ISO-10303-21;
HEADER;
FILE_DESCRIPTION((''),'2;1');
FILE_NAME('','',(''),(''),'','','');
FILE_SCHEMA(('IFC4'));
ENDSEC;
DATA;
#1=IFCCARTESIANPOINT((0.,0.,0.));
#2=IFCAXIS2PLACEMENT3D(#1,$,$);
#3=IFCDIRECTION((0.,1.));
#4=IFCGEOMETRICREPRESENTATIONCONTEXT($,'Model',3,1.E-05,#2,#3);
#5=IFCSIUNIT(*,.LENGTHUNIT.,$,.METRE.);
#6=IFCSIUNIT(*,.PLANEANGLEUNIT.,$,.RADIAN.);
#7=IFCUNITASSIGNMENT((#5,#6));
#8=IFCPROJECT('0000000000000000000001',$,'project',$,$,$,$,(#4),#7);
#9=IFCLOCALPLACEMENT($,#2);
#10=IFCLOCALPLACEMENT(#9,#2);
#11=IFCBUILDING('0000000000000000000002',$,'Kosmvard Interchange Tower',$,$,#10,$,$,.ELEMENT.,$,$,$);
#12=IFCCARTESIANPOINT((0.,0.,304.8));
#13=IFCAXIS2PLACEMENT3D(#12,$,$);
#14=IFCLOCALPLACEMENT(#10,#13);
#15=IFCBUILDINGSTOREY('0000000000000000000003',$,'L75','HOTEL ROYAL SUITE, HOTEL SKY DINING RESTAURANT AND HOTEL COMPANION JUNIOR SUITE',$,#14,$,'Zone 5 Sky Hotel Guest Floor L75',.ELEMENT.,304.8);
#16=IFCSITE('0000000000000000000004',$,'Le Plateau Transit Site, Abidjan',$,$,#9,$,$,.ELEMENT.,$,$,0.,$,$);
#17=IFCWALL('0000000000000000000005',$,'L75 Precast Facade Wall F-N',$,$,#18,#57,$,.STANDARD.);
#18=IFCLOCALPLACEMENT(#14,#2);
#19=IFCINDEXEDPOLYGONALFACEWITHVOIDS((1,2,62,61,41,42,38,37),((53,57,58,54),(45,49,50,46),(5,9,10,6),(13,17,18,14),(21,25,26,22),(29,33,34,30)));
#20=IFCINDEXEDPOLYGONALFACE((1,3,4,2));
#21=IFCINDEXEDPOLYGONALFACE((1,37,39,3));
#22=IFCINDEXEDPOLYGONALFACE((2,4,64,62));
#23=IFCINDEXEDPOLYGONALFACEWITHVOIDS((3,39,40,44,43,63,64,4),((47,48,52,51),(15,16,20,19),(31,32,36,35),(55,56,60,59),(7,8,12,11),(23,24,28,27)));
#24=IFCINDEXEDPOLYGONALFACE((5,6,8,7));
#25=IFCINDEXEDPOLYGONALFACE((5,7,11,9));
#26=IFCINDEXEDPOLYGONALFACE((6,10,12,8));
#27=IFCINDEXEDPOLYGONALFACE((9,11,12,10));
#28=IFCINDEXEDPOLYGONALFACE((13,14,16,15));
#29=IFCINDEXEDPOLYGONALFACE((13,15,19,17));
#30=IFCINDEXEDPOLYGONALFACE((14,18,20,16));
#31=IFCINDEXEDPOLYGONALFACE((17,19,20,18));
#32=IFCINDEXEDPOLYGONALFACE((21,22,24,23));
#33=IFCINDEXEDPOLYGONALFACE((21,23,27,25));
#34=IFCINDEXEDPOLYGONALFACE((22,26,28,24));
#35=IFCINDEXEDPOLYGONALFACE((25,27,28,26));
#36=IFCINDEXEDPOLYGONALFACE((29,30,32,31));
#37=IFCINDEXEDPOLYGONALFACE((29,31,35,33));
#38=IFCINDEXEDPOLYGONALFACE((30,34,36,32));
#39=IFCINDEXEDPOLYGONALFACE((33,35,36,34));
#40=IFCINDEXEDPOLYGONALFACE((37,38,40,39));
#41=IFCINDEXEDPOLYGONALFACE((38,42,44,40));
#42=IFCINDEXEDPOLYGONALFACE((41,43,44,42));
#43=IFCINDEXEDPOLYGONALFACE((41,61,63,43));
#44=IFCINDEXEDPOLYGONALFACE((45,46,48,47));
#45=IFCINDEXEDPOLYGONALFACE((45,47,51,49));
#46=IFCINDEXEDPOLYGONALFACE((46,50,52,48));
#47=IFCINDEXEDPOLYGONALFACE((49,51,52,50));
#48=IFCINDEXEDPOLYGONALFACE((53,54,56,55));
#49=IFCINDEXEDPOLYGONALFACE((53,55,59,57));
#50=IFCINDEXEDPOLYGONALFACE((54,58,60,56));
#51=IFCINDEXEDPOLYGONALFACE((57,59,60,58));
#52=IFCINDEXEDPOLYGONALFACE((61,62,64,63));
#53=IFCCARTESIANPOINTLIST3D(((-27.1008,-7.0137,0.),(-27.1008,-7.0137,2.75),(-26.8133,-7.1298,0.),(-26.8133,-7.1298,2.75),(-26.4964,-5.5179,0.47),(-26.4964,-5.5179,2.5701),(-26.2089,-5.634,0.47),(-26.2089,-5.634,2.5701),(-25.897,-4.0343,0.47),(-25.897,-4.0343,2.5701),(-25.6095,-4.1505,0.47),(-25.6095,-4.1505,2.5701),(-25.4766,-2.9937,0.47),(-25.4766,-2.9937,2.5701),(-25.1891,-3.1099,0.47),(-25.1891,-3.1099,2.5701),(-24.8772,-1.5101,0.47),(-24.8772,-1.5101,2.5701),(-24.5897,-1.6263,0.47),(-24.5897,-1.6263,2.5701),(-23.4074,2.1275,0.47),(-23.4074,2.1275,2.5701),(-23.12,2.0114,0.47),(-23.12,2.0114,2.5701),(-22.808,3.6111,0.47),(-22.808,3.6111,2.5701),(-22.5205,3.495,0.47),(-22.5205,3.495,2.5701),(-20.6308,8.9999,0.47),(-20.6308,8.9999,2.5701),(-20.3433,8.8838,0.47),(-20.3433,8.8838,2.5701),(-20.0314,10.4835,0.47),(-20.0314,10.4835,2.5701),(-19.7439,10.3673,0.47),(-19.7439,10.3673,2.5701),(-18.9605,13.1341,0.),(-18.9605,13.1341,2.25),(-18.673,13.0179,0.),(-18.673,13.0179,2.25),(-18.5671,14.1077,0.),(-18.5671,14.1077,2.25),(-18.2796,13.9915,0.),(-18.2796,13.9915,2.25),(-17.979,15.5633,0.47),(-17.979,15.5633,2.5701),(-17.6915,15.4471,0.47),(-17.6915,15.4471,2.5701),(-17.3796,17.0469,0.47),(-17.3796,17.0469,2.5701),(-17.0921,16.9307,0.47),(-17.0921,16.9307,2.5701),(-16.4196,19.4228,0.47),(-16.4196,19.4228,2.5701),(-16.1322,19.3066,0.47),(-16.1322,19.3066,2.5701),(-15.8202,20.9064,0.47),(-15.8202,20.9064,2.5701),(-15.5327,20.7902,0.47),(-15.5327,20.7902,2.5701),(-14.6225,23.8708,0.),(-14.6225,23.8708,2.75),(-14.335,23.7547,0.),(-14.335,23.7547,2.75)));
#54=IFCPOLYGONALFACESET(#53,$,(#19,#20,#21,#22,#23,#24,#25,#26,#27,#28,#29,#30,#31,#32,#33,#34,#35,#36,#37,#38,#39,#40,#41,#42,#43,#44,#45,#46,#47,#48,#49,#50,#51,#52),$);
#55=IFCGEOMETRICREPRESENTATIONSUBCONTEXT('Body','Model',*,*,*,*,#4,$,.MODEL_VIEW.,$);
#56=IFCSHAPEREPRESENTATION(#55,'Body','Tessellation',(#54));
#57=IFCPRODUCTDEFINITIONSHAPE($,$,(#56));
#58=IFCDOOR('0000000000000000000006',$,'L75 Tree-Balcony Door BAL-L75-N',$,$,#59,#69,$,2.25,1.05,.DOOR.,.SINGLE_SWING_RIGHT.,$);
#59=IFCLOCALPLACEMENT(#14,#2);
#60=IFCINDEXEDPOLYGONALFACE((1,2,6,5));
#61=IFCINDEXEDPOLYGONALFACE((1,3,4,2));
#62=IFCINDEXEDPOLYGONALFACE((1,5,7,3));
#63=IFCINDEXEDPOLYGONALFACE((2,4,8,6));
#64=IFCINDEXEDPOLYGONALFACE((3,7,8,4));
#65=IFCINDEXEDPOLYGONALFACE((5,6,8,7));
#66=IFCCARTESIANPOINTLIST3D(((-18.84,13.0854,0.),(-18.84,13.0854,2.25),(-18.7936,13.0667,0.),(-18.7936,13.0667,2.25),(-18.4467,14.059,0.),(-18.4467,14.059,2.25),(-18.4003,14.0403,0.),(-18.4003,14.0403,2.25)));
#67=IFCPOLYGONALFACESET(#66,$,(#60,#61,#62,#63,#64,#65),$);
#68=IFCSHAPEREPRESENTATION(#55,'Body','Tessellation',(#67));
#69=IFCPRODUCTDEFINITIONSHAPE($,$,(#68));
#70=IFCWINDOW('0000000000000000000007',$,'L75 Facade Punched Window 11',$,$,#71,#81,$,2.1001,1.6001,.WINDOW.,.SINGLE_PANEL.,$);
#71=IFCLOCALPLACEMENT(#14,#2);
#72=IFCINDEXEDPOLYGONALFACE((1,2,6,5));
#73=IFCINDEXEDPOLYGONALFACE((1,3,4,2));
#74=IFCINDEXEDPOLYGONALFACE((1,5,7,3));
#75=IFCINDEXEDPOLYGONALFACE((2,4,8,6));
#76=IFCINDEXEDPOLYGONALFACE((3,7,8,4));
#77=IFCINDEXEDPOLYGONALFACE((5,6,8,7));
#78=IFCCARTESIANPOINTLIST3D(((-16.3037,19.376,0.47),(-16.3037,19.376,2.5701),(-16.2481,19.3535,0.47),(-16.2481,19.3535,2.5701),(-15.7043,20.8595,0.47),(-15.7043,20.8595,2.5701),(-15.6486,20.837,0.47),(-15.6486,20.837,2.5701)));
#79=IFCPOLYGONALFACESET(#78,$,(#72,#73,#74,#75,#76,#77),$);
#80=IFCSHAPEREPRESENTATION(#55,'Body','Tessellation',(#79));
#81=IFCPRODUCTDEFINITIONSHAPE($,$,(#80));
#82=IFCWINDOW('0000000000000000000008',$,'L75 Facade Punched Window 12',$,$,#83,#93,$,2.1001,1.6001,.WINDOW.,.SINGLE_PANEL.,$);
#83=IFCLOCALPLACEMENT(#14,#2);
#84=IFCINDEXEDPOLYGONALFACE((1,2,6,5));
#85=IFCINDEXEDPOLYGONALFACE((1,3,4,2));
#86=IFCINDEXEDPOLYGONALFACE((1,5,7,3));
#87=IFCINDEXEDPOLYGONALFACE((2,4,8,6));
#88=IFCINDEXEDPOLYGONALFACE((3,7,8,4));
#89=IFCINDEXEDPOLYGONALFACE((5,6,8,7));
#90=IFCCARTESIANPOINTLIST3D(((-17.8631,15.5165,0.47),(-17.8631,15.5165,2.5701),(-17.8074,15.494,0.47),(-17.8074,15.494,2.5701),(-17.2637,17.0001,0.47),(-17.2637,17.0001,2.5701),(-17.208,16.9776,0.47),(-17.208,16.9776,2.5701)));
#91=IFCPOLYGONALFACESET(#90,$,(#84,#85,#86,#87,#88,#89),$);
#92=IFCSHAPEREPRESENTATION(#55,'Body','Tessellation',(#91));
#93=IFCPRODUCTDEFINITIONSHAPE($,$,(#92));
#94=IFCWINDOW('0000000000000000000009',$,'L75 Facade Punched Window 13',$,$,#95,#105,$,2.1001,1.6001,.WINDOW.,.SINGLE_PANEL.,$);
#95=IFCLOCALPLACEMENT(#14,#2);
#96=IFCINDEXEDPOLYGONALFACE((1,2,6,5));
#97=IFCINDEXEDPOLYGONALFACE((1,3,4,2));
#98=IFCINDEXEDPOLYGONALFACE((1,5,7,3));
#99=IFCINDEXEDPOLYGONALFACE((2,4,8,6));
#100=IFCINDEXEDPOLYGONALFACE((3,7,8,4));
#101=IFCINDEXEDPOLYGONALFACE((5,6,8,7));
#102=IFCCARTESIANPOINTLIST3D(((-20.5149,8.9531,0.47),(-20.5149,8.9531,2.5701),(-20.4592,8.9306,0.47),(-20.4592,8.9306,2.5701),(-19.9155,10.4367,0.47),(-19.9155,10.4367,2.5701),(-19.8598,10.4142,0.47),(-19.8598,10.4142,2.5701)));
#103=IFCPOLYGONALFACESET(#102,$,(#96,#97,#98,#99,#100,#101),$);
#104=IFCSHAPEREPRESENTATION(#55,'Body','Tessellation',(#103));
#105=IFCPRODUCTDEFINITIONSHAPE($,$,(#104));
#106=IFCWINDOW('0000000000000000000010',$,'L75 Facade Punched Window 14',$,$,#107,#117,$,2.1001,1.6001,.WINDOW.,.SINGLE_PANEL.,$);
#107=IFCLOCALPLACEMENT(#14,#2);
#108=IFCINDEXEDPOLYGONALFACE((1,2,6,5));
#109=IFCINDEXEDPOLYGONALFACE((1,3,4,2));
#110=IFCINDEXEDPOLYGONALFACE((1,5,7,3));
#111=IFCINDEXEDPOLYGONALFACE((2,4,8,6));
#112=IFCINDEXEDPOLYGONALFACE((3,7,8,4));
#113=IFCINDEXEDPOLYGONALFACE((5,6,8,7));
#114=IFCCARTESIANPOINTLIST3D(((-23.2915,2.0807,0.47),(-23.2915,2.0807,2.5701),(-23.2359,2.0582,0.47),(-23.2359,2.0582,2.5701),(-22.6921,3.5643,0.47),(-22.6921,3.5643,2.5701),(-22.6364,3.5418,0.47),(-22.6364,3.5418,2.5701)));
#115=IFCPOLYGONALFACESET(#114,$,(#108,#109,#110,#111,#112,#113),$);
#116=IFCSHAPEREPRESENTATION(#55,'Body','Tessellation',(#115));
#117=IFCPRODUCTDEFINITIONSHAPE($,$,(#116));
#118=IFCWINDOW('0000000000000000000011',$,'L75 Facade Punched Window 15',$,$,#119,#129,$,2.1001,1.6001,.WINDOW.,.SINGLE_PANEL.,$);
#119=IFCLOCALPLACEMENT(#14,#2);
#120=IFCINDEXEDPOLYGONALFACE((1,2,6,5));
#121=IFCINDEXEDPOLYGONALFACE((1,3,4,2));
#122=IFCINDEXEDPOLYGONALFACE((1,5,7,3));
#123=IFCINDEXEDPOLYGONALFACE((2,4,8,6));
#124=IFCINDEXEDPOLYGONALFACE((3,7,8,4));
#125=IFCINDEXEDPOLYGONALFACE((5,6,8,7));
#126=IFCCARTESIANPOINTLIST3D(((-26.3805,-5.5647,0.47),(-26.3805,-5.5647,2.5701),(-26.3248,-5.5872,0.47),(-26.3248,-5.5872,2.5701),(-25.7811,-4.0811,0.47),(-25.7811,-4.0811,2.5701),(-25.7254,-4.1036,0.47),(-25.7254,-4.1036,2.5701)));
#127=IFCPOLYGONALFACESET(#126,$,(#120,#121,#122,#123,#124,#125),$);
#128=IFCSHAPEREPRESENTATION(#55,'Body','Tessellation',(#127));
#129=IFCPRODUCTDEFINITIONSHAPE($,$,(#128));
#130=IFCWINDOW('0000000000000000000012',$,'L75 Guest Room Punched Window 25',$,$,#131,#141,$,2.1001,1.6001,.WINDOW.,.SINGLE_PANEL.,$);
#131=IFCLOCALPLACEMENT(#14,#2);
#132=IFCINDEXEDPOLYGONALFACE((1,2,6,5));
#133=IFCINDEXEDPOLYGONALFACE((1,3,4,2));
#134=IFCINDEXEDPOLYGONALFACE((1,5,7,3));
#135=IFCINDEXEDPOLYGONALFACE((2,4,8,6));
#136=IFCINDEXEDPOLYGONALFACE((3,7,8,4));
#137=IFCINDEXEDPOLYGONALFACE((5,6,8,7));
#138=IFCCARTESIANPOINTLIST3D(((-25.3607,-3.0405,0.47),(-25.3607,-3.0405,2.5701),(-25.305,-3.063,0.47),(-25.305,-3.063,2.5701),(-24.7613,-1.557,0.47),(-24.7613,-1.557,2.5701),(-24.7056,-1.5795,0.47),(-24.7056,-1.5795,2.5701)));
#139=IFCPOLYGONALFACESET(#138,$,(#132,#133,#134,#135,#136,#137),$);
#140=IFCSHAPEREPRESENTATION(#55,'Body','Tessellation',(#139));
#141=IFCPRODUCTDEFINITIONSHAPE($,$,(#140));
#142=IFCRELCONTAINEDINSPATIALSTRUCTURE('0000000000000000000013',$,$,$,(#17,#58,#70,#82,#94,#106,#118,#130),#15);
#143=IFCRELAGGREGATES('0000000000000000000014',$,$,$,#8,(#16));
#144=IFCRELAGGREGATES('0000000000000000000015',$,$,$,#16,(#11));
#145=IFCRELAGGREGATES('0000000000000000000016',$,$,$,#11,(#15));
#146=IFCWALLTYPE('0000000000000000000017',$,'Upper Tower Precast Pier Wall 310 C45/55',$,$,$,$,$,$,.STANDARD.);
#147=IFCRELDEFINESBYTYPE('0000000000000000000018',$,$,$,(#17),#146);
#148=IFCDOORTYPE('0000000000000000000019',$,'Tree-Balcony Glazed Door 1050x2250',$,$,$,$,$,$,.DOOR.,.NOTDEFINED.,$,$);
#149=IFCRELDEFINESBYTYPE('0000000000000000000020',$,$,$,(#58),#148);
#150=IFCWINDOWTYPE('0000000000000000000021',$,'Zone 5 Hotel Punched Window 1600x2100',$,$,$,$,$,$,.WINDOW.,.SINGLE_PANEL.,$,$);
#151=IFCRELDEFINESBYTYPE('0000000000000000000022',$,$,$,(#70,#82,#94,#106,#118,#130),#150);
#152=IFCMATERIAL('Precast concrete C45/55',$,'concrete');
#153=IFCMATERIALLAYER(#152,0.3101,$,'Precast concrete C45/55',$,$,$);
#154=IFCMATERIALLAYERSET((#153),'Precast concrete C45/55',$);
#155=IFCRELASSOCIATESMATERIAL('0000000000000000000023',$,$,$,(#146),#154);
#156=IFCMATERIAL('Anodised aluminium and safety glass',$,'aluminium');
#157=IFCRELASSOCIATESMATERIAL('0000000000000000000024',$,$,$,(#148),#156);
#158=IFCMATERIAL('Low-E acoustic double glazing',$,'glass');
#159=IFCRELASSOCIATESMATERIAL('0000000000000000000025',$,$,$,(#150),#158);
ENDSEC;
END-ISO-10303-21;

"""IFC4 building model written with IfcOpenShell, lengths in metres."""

from ifc_helpers import new_model, si_unit, direction, frame, frame_2d, origin, place, context, subcontext, project, spatial, rectangle, extrude, source, transform, mapped, material, layer, layer_set, type_object, element, fill, save


model = new_model("IFC4")

# Units and contexts
model_context = context("Model", 3, precision=1e-05, world=origin(), true_north=direction((0.0, 1.0)))
body_context = subcontext(model_context, "Body", "Model", "MODEL_VIEW")
ifc_project = project(units=[si_unit("LENGTHUNIT", "METRE"), si_unit("PLANEANGLEUNIT", "RADIAN")], contexts=[model_context])

# Site, building, storey
site_placement = place(None, origin())
site = spatial("IfcSite", under=ifc_project, at=site_placement, Name="Le Plateau Transit Site, Abidjan", CompositionType="ELEMENT", RefElevation=0.0)
building_placement = place(site_placement, origin())
building = spatial("IfcBuilding", under=site, at=building_placement, Name="Kosmvard Interchange Tower", CompositionType="ELEMENT")
storey_placement = place(building_placement, frame((0.0, 0.0, 304.8)))
storey = spatial("IfcBuildingStorey", under=building, at=storey_placement, Name="L75", Description="HOTEL ROYAL SUITE, HOTEL SKY DINING RESTAURANT AND HOTEL COMPANION JUNIOR SUITE", LongName="Zone 5 Sky Hotel Guest Floor L75", CompositionType="ELEMENT", Elevation=304.8)

# Wall, openings, door, windows
ifc_material_1 = material(Name="Precast concrete C45/55", Category="concrete")
ifc_layer_1 = layer(ifc_material_1, 0.3101, Name="Precast concrete C45/55")
ifc_layer_set_1 = layer_set([ifc_layer_1], Name="Precast concrete C45/55")
wall_type = type_object("IfcWallType", Name="Upper Tower Precast Pier Wall 310 C45/55", PredefinedType="STANDARD", material=ifc_layer_set_1)
wall_placement = place(storey_placement, frame((-14.4788, 23.8127, 0.0), z_axis=(0.0, 0.0, 1.0), x_axis=(-0.37461, -0.927183, 0.0)))
wall = element("IfcWall", 1, at=wall_placement, inside=storey, type_object=wall_type, Name="L75 Precast Facade Wall F-N", PredefinedType="STANDARD", context=body_context, shape_type="SweptSolid", body=[
    extrude(rectangle(XDim=33.3101, YDim=0.3101, at=frame_2d((16.655, 0.0))), origin(), (0.0, 0.0, 1.0), 2.75),
])
opening_1_placement = place(wall_placement, frame((10.53, 0.0, 0.0)))
opening_1 = element("IfcOpeningElement", 2, at=opening_1_placement, cuts=wall, PredefinedType="OPENING", context=body_context, shape_type="SweptSolid", body=[
    extrude(rectangle(XDim=1.05, YDim=2.25, at=frame_2d((0.5249, 1.125))), frame((0.0, 0.165, 0.0), z_axis=(0.0, -1.0, 0.0), x_axis=(1.0, 0.0, 0.0)), (0.0, 0.0, 1.0), 0.3301),
])
opening_2_placement = place(wall_placement, frame((3.1973, 0.0, 0.47)))
opening_2 = element("IfcOpeningElement", 3, at=opening_2_placement, cuts=wall, PredefinedType="OPENING", context=body_context, shape_type="SweptSolid", body=[
    extrude(rectangle(XDim=1.6001, YDim=2.1001, at=frame_2d((0.8, 1.05))), frame((0.0, 0.165, 0.0), z_axis=(0.0, -1.0, 0.0), x_axis=(1.0, 0.0, 0.0)), (0.0, 0.0, 1.0), 0.3301),
])
opening_3_placement = place(wall_placement, frame((7.3599, 0.0, 0.47)))
opening_3 = element("IfcOpeningElement", 4, at=opening_3_placement, cuts=wall, PredefinedType="OPENING", context=body_context, shape_type="SweptSolid", body=[
    extrude(rectangle(XDim=1.6001, YDim=2.1001, at=frame_2d((0.8, 1.05))), frame((0.0, 0.165, 0.0), z_axis=(0.0, -1.0, 0.0), x_axis=(1.0, 0.0, 0.0)), (0.0, 0.0, 1.0), 0.3301),
])
opening_4_placement = place(wall_placement, frame((14.4387, 0.0, 0.47)))
opening_4 = element("IfcOpeningElement", 5, at=opening_4_placement, cuts=wall, PredefinedType="OPENING", context=body_context, shape_type="SweptSolid", body=[
    extrude(rectangle(XDim=1.6001, YDim=2.1001, at=frame_2d((0.8, 1.05))), frame((0.0, 0.165, 0.0), z_axis=(0.0, -1.0, 0.0), x_axis=(1.0, 0.0, 0.0)), (0.0, 0.0, 1.0), 0.3301),
])
opening_5_placement = place(wall_placement, frame((21.8508, 0.0, 0.47)))
opening_5 = element("IfcOpeningElement", 6, at=opening_5_placement, cuts=wall, PredefinedType="OPENING", context=body_context, shape_type="SweptSolid", body=[
    extrude(rectangle(XDim=1.6001, YDim=2.1001, at=frame_2d((0.8, 1.05))), frame((0.0, 0.165, 0.0), z_axis=(0.0, -1.0, 0.0), x_axis=(1.0, 0.0, 0.0)), (0.0, 0.0, 1.0), 0.3301),
])
opening_6_placement = place(wall_placement, frame((30.0967, 0.0, 0.47)))
opening_6 = element("IfcOpeningElement", 7, at=opening_6_placement, cuts=wall, PredefinedType="OPENING", context=body_context, shape_type="SweptSolid", body=[
    extrude(rectangle(XDim=1.6001, YDim=2.1001, at=frame_2d((0.8, 1.05))), frame((0.0, 0.165, 0.0), z_axis=(0.0, -1.0, 0.0), x_axis=(1.0, 0.0, 0.0)), (0.0, 0.0, 1.0), 0.3301),
])
opening_7_placement = place(wall_placement, frame((27.3743, 0.0, 0.47)))
opening_7 = element("IfcOpeningElement", 8, at=opening_7_placement, cuts=wall, PredefinedType="OPENING", context=body_context, shape_type="SweptSolid", body=[
    extrude(rectangle(XDim=1.6001, YDim=2.1001, at=frame_2d((0.8, 1.05))), frame((0.0, 0.165, 0.0), z_axis=(0.0, -1.0, 0.0), x_axis=(1.0, 0.0, 0.0)), (0.0, 0.0, 1.0), 0.3301),
])
ifc_material_2 = material(Name="Anodised aluminium and safety glass", Category="aluminium")
door_type = type_object("IfcDoorType", Name="Tree-Balcony Glazed Door 1050x2250", OperationType="NOTDEFINED", PredefinedType="DOOR", material=ifc_material_2)
shared_shape_1 = source(origin(), body_context, "Body", "SweptSolid", [
    extrude(rectangle(XDim=1.05, YDim=2.25, at=frame_2d((0.5249, 1.125))), frame((0.0, 0.0249, 0.0), z_axis=(0.0, -1.0, 0.0), x_axis=(1.0, 0.0, 0.0)), (0.0, 0.0, 1.0), 0.05),
])
door_placement = place(opening_1_placement, origin())
door = element("IfcDoor", 9, at=door_placement, inside=storey, type_object=door_type, Name="L75 Tree-Balcony Door BAL-L75-N", OperationType="SINGLE_SWING_RIGHT", OverallHeight=2.25, OverallWidth=1.05, PredefinedType="DOOR", context=body_context, shape_type="MappedRepresentation", body=[
    mapped(shared_shape_1, transform((0.0, 0.0, 0.0), scale=1.0)),
])
fill(opening_1, door)
ifc_material_3 = material(Name="Low-E acoustic double glazing", Category="glass")
window_type = type_object("IfcWindowType", Name="Zone 5 Hotel Punched Window 1600x2100", PartitioningType="SINGLE_PANEL", PredefinedType="WINDOW", material=ifc_material_3)
shared_shape_2 = source(origin(), body_context, "Body", "SweptSolid", [
    extrude(rectangle(XDim=1.6001, YDim=2.1001, at=frame_2d((0.8, 1.05))), frame((0.0, 0.03, 0.0), z_axis=(0.0, -1.0, 0.0), x_axis=(1.0, 0.0, 0.0)), (0.0, 0.0, 1.0), 0.0601),
])
window_1_placement = place(opening_2_placement, origin())
window_1 = element("IfcWindow", 10, at=window_1_placement, inside=storey, type_object=window_type, Name="L75 Facade Punched Window 11", OverallHeight=2.1001, OverallWidth=1.6001, PartitioningType="SINGLE_PANEL", PredefinedType="WINDOW", context=body_context, shape_type="MappedRepresentation", body=[
    mapped(shared_shape_2, transform((0.0, 0.0, 0.0), scale=1.0)),
])
fill(opening_2, window_1)
window_2_placement = place(opening_3_placement, origin())
window_2 = element("IfcWindow", 11, at=window_2_placement, inside=storey, type_object=window_type, Name="L75 Facade Punched Window 12", OverallHeight=2.1001, OverallWidth=1.6001, PartitioningType="SINGLE_PANEL", PredefinedType="WINDOW", context=body_context, shape_type="MappedRepresentation", body=[
    mapped(shared_shape_2, transform((0.0, 0.0, 0.0), scale=1.0)),
])
fill(opening_3, window_2)
window_3_placement = place(opening_4_placement, origin())
window_3 = element("IfcWindow", 12, at=window_3_placement, inside=storey, type_object=window_type, Name="L75 Facade Punched Window 13", OverallHeight=2.1001, OverallWidth=1.6001, PartitioningType="SINGLE_PANEL", PredefinedType="WINDOW", context=body_context, shape_type="MappedRepresentation", body=[
    mapped(shared_shape_2, transform((0.0, 0.0, 0.0), scale=1.0)),
])
fill(opening_4, window_3)
window_4_placement = place(opening_5_placement, origin())
window_4 = element("IfcWindow", 13, at=window_4_placement, inside=storey, type_object=window_type, Name="L75 Facade Punched Window 14", OverallHeight=2.1001, OverallWidth=1.6001, PartitioningType="SINGLE_PANEL", PredefinedType="WINDOW", context=body_context, shape_type="MappedRepresentation", body=[
    mapped(shared_shape_2, transform((0.0, 0.0, 0.0), scale=1.0)),
])
fill(opening_5, window_4)
window_5_placement = place(opening_6_placement, origin())
window_5 = element("IfcWindow", 14, at=window_5_placement, inside=storey, type_object=window_type, Name="L75 Facade Punched Window 15", OverallHeight=2.1001, OverallWidth=1.6001, PartitioningType="SINGLE_PANEL", PredefinedType="WINDOW", context=body_context, shape_type="MappedRepresentation", body=[
    mapped(shared_shape_2, transform((0.0, 0.0, 0.0), scale=1.0)),
])
fill(opening_6, window_5)
window_6_placement = place(opening_7_placement, origin())
window_6 = element("IfcWindow", 15, at=window_6_placement, inside=storey, type_object=window_type, Name="L75 Guest Room Punched Window 25", OverallHeight=2.1001, OverallWidth=1.6001, PartitioningType="SINGLE_PANEL", PredefinedType="WINDOW", context=body_context, shape_type="MappedRepresentation", body=[
    mapped(shared_shape_2, transform((0.0, 0.0, 0.0), scale=1.0)),
])
fill(opening_7, window_6)

save(model, "model.ifc")
